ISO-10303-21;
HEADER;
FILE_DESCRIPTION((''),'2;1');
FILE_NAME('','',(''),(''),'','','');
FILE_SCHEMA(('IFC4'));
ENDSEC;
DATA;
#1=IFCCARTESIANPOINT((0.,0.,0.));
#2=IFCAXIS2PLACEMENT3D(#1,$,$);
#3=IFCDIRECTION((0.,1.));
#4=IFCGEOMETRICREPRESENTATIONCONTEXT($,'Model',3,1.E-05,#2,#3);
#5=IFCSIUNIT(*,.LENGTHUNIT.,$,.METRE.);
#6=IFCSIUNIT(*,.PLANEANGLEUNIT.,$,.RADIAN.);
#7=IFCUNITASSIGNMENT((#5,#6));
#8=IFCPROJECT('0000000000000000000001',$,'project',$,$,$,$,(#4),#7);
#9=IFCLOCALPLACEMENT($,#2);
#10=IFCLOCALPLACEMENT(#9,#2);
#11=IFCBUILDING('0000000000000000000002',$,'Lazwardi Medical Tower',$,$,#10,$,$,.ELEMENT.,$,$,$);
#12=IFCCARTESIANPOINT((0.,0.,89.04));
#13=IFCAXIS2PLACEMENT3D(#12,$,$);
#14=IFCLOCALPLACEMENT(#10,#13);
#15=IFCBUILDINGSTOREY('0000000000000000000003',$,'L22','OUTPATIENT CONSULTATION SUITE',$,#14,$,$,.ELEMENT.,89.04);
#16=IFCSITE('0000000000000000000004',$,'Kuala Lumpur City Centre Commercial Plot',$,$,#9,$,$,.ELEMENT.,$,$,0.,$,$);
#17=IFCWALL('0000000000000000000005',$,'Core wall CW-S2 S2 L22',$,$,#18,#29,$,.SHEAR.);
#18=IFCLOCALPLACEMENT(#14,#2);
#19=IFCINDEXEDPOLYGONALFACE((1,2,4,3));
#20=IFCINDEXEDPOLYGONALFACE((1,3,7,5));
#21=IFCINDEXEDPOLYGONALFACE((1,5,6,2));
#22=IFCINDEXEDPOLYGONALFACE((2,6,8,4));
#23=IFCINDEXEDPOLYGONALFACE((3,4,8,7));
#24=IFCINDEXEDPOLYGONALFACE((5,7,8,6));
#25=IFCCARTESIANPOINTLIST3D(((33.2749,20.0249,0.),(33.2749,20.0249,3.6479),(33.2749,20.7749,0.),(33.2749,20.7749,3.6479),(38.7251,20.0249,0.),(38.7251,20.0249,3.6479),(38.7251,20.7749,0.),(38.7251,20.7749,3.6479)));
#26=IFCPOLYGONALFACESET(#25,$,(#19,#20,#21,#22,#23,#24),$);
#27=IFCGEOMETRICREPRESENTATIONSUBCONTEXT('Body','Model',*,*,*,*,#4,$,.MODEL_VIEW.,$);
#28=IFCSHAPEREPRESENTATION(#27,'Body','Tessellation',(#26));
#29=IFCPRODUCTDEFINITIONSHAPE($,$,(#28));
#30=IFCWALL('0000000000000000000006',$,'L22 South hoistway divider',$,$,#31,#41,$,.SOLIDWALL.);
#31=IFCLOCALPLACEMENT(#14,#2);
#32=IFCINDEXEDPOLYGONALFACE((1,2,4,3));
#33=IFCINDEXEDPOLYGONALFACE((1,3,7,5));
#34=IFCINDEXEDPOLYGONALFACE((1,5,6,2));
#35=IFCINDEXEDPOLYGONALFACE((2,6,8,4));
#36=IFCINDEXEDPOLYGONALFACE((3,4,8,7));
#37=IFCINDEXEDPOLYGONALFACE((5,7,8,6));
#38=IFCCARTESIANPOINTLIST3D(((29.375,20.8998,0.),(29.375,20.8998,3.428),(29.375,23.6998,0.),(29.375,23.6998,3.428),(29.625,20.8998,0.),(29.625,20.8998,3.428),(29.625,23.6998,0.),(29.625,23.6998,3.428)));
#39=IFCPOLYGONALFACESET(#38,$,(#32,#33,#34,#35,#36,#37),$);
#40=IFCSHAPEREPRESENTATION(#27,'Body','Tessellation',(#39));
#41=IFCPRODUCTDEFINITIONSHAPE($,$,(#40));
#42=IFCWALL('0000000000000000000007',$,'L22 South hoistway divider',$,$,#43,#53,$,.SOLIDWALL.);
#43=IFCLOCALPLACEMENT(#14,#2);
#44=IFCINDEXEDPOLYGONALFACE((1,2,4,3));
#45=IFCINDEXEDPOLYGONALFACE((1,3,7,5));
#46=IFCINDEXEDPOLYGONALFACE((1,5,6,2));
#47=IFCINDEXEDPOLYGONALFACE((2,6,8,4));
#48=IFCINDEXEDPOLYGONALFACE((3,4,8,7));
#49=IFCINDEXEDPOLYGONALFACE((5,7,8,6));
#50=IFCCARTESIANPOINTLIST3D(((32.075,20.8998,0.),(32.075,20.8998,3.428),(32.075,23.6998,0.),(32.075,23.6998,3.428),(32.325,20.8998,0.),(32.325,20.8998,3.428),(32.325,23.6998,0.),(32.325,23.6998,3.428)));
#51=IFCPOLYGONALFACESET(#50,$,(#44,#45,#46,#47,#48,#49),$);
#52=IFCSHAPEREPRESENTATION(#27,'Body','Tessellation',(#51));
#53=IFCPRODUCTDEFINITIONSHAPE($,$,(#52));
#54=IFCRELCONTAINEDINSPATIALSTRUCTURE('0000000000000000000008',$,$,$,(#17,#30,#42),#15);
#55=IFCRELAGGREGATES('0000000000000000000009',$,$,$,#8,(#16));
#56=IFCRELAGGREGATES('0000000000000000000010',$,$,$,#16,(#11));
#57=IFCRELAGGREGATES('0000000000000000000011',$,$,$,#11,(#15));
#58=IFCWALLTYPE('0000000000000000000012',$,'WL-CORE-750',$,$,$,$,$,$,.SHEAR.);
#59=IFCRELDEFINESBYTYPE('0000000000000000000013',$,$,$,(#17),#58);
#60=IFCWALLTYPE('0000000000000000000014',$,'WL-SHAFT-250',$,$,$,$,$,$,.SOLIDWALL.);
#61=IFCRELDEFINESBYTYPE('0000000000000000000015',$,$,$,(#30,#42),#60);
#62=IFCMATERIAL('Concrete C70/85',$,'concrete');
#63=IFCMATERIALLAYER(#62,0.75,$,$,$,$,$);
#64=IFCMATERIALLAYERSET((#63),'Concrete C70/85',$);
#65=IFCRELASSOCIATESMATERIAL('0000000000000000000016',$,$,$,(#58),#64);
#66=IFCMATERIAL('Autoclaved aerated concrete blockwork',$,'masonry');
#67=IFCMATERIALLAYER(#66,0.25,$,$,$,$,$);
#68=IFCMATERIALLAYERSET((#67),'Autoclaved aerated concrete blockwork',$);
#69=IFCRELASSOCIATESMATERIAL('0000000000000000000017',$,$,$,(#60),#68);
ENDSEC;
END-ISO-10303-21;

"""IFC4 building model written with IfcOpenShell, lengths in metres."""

from ifc_helpers import new_model, si_unit, direction, frame, frame_2d, origin, place, context, subcontext, project, spatial, rectangle, extrude, material, layer, layer_set, type_object, element, save


model = new_model("IFC4")

# Units and contexts
model_context = context("Model", 3, precision=1e-05, world=origin(), true_north=direction((0.0, 1.0)))
body_context = subcontext(model_context, "Body", "Model", "MODEL_VIEW")
ifc_project = project(units=[si_unit("LENGTHUNIT", "METRE"), si_unit("PLANEANGLEUNIT", "RADIAN")], contexts=[model_context])

# Site, building, storey
site_placement = place(None, origin())
site = spatial("IfcSite", under=ifc_project, at=site_placement, Name="Kuala Lumpur City Centre Commercial Plot", CompositionType="ELEMENT", RefElevation=0.0)
building_placement = place(site_placement, origin())
building = spatial("IfcBuilding", under=site, at=building_placement, Name="Lazwardi Medical Tower", CompositionType="ELEMENT")
storey_placement = place(building_placement, frame((0.0, 0.0, 89.04)))
storey = spatial("IfcBuildingStorey", under=building, at=storey_placement, Name="L22", Description="OUTPATIENT CONSULTATION SUITE", CompositionType="ELEMENT", Elevation=89.04)

# Shared definitions
ifc_material_1 = material(Name="Concrete C70/85", Category="concrete")

# Shared definitions
ifc_layer_1 = layer(ifc_material_1, 0.75)
ifc_layer_set_1 = layer_set([ifc_layer_1], Name="Concrete C70/85")
wall_type_1 = type_object("IfcWallType", Name="WL-CORE-750", PredefinedType="SHEAR", material=ifc_layer_set_1)

# Walls
wall_1_placement = place(storey_placement, frame((33.2749, 20.3999, 0.0), z_axis=(0.0, 0.0, 1.0), x_axis=(1.0, 0.0, 0.0)))
element("IfcWall", 1, at=wall_1_placement, inside=storey, type_object=wall_type_1, Name="Core wall CW-S2 S2 L22", PredefinedType="SHEAR", context=body_context, shape_type="SweptSolid", body=[
    extrude(rectangle(XDim=5.4502, YDim=0.75, at=frame_2d((2.7251, 0.0))), origin(), (0.0, 0.0, 1.0), 3.6479),
])
ifc_material_2 = material(Name="Autoclaved aerated concrete blockwork", Category="masonry")
ifc_layer_2 = layer(ifc_material_2, 0.25)
ifc_layer_set_2 = layer_set([ifc_layer_2], Name="Autoclaved aerated concrete blockwork")
wall_type_2 = type_object("IfcWallType", Name="WL-SHAFT-250", PredefinedType="SOLIDWALL", material=ifc_layer_set_2)
for number, where, z_axis, x_axis, name in (
    (2, (29.5, 20.8999, 0.0), (0.0, 0.0, 1.0), (0.0, 1.0, 0.0), "L22 South hoistway divider"),
    (3, (32.2, 20.8999, 0.0), (0.0, 0.0, 1.0), (0.0, 1.0, 0.0), "L22 South hoistway divider"),
):
    element("IfcWall", number, at=place(storey_placement, frame(where, z_axis=z_axis, x_axis=x_axis)), inside=storey, type_object=wall_type_2, Name=name, PredefinedType="SOLIDWALL", context=body_context, shape_type="SweptSolid", body=[
        extrude(rectangle(XDim=2.8, YDim=0.25, at=frame_2d((1.3999, 0.0))), origin(), (0.0, 0.0, 1.0), 3.428),
    ])

save(model, "model.ifc")
